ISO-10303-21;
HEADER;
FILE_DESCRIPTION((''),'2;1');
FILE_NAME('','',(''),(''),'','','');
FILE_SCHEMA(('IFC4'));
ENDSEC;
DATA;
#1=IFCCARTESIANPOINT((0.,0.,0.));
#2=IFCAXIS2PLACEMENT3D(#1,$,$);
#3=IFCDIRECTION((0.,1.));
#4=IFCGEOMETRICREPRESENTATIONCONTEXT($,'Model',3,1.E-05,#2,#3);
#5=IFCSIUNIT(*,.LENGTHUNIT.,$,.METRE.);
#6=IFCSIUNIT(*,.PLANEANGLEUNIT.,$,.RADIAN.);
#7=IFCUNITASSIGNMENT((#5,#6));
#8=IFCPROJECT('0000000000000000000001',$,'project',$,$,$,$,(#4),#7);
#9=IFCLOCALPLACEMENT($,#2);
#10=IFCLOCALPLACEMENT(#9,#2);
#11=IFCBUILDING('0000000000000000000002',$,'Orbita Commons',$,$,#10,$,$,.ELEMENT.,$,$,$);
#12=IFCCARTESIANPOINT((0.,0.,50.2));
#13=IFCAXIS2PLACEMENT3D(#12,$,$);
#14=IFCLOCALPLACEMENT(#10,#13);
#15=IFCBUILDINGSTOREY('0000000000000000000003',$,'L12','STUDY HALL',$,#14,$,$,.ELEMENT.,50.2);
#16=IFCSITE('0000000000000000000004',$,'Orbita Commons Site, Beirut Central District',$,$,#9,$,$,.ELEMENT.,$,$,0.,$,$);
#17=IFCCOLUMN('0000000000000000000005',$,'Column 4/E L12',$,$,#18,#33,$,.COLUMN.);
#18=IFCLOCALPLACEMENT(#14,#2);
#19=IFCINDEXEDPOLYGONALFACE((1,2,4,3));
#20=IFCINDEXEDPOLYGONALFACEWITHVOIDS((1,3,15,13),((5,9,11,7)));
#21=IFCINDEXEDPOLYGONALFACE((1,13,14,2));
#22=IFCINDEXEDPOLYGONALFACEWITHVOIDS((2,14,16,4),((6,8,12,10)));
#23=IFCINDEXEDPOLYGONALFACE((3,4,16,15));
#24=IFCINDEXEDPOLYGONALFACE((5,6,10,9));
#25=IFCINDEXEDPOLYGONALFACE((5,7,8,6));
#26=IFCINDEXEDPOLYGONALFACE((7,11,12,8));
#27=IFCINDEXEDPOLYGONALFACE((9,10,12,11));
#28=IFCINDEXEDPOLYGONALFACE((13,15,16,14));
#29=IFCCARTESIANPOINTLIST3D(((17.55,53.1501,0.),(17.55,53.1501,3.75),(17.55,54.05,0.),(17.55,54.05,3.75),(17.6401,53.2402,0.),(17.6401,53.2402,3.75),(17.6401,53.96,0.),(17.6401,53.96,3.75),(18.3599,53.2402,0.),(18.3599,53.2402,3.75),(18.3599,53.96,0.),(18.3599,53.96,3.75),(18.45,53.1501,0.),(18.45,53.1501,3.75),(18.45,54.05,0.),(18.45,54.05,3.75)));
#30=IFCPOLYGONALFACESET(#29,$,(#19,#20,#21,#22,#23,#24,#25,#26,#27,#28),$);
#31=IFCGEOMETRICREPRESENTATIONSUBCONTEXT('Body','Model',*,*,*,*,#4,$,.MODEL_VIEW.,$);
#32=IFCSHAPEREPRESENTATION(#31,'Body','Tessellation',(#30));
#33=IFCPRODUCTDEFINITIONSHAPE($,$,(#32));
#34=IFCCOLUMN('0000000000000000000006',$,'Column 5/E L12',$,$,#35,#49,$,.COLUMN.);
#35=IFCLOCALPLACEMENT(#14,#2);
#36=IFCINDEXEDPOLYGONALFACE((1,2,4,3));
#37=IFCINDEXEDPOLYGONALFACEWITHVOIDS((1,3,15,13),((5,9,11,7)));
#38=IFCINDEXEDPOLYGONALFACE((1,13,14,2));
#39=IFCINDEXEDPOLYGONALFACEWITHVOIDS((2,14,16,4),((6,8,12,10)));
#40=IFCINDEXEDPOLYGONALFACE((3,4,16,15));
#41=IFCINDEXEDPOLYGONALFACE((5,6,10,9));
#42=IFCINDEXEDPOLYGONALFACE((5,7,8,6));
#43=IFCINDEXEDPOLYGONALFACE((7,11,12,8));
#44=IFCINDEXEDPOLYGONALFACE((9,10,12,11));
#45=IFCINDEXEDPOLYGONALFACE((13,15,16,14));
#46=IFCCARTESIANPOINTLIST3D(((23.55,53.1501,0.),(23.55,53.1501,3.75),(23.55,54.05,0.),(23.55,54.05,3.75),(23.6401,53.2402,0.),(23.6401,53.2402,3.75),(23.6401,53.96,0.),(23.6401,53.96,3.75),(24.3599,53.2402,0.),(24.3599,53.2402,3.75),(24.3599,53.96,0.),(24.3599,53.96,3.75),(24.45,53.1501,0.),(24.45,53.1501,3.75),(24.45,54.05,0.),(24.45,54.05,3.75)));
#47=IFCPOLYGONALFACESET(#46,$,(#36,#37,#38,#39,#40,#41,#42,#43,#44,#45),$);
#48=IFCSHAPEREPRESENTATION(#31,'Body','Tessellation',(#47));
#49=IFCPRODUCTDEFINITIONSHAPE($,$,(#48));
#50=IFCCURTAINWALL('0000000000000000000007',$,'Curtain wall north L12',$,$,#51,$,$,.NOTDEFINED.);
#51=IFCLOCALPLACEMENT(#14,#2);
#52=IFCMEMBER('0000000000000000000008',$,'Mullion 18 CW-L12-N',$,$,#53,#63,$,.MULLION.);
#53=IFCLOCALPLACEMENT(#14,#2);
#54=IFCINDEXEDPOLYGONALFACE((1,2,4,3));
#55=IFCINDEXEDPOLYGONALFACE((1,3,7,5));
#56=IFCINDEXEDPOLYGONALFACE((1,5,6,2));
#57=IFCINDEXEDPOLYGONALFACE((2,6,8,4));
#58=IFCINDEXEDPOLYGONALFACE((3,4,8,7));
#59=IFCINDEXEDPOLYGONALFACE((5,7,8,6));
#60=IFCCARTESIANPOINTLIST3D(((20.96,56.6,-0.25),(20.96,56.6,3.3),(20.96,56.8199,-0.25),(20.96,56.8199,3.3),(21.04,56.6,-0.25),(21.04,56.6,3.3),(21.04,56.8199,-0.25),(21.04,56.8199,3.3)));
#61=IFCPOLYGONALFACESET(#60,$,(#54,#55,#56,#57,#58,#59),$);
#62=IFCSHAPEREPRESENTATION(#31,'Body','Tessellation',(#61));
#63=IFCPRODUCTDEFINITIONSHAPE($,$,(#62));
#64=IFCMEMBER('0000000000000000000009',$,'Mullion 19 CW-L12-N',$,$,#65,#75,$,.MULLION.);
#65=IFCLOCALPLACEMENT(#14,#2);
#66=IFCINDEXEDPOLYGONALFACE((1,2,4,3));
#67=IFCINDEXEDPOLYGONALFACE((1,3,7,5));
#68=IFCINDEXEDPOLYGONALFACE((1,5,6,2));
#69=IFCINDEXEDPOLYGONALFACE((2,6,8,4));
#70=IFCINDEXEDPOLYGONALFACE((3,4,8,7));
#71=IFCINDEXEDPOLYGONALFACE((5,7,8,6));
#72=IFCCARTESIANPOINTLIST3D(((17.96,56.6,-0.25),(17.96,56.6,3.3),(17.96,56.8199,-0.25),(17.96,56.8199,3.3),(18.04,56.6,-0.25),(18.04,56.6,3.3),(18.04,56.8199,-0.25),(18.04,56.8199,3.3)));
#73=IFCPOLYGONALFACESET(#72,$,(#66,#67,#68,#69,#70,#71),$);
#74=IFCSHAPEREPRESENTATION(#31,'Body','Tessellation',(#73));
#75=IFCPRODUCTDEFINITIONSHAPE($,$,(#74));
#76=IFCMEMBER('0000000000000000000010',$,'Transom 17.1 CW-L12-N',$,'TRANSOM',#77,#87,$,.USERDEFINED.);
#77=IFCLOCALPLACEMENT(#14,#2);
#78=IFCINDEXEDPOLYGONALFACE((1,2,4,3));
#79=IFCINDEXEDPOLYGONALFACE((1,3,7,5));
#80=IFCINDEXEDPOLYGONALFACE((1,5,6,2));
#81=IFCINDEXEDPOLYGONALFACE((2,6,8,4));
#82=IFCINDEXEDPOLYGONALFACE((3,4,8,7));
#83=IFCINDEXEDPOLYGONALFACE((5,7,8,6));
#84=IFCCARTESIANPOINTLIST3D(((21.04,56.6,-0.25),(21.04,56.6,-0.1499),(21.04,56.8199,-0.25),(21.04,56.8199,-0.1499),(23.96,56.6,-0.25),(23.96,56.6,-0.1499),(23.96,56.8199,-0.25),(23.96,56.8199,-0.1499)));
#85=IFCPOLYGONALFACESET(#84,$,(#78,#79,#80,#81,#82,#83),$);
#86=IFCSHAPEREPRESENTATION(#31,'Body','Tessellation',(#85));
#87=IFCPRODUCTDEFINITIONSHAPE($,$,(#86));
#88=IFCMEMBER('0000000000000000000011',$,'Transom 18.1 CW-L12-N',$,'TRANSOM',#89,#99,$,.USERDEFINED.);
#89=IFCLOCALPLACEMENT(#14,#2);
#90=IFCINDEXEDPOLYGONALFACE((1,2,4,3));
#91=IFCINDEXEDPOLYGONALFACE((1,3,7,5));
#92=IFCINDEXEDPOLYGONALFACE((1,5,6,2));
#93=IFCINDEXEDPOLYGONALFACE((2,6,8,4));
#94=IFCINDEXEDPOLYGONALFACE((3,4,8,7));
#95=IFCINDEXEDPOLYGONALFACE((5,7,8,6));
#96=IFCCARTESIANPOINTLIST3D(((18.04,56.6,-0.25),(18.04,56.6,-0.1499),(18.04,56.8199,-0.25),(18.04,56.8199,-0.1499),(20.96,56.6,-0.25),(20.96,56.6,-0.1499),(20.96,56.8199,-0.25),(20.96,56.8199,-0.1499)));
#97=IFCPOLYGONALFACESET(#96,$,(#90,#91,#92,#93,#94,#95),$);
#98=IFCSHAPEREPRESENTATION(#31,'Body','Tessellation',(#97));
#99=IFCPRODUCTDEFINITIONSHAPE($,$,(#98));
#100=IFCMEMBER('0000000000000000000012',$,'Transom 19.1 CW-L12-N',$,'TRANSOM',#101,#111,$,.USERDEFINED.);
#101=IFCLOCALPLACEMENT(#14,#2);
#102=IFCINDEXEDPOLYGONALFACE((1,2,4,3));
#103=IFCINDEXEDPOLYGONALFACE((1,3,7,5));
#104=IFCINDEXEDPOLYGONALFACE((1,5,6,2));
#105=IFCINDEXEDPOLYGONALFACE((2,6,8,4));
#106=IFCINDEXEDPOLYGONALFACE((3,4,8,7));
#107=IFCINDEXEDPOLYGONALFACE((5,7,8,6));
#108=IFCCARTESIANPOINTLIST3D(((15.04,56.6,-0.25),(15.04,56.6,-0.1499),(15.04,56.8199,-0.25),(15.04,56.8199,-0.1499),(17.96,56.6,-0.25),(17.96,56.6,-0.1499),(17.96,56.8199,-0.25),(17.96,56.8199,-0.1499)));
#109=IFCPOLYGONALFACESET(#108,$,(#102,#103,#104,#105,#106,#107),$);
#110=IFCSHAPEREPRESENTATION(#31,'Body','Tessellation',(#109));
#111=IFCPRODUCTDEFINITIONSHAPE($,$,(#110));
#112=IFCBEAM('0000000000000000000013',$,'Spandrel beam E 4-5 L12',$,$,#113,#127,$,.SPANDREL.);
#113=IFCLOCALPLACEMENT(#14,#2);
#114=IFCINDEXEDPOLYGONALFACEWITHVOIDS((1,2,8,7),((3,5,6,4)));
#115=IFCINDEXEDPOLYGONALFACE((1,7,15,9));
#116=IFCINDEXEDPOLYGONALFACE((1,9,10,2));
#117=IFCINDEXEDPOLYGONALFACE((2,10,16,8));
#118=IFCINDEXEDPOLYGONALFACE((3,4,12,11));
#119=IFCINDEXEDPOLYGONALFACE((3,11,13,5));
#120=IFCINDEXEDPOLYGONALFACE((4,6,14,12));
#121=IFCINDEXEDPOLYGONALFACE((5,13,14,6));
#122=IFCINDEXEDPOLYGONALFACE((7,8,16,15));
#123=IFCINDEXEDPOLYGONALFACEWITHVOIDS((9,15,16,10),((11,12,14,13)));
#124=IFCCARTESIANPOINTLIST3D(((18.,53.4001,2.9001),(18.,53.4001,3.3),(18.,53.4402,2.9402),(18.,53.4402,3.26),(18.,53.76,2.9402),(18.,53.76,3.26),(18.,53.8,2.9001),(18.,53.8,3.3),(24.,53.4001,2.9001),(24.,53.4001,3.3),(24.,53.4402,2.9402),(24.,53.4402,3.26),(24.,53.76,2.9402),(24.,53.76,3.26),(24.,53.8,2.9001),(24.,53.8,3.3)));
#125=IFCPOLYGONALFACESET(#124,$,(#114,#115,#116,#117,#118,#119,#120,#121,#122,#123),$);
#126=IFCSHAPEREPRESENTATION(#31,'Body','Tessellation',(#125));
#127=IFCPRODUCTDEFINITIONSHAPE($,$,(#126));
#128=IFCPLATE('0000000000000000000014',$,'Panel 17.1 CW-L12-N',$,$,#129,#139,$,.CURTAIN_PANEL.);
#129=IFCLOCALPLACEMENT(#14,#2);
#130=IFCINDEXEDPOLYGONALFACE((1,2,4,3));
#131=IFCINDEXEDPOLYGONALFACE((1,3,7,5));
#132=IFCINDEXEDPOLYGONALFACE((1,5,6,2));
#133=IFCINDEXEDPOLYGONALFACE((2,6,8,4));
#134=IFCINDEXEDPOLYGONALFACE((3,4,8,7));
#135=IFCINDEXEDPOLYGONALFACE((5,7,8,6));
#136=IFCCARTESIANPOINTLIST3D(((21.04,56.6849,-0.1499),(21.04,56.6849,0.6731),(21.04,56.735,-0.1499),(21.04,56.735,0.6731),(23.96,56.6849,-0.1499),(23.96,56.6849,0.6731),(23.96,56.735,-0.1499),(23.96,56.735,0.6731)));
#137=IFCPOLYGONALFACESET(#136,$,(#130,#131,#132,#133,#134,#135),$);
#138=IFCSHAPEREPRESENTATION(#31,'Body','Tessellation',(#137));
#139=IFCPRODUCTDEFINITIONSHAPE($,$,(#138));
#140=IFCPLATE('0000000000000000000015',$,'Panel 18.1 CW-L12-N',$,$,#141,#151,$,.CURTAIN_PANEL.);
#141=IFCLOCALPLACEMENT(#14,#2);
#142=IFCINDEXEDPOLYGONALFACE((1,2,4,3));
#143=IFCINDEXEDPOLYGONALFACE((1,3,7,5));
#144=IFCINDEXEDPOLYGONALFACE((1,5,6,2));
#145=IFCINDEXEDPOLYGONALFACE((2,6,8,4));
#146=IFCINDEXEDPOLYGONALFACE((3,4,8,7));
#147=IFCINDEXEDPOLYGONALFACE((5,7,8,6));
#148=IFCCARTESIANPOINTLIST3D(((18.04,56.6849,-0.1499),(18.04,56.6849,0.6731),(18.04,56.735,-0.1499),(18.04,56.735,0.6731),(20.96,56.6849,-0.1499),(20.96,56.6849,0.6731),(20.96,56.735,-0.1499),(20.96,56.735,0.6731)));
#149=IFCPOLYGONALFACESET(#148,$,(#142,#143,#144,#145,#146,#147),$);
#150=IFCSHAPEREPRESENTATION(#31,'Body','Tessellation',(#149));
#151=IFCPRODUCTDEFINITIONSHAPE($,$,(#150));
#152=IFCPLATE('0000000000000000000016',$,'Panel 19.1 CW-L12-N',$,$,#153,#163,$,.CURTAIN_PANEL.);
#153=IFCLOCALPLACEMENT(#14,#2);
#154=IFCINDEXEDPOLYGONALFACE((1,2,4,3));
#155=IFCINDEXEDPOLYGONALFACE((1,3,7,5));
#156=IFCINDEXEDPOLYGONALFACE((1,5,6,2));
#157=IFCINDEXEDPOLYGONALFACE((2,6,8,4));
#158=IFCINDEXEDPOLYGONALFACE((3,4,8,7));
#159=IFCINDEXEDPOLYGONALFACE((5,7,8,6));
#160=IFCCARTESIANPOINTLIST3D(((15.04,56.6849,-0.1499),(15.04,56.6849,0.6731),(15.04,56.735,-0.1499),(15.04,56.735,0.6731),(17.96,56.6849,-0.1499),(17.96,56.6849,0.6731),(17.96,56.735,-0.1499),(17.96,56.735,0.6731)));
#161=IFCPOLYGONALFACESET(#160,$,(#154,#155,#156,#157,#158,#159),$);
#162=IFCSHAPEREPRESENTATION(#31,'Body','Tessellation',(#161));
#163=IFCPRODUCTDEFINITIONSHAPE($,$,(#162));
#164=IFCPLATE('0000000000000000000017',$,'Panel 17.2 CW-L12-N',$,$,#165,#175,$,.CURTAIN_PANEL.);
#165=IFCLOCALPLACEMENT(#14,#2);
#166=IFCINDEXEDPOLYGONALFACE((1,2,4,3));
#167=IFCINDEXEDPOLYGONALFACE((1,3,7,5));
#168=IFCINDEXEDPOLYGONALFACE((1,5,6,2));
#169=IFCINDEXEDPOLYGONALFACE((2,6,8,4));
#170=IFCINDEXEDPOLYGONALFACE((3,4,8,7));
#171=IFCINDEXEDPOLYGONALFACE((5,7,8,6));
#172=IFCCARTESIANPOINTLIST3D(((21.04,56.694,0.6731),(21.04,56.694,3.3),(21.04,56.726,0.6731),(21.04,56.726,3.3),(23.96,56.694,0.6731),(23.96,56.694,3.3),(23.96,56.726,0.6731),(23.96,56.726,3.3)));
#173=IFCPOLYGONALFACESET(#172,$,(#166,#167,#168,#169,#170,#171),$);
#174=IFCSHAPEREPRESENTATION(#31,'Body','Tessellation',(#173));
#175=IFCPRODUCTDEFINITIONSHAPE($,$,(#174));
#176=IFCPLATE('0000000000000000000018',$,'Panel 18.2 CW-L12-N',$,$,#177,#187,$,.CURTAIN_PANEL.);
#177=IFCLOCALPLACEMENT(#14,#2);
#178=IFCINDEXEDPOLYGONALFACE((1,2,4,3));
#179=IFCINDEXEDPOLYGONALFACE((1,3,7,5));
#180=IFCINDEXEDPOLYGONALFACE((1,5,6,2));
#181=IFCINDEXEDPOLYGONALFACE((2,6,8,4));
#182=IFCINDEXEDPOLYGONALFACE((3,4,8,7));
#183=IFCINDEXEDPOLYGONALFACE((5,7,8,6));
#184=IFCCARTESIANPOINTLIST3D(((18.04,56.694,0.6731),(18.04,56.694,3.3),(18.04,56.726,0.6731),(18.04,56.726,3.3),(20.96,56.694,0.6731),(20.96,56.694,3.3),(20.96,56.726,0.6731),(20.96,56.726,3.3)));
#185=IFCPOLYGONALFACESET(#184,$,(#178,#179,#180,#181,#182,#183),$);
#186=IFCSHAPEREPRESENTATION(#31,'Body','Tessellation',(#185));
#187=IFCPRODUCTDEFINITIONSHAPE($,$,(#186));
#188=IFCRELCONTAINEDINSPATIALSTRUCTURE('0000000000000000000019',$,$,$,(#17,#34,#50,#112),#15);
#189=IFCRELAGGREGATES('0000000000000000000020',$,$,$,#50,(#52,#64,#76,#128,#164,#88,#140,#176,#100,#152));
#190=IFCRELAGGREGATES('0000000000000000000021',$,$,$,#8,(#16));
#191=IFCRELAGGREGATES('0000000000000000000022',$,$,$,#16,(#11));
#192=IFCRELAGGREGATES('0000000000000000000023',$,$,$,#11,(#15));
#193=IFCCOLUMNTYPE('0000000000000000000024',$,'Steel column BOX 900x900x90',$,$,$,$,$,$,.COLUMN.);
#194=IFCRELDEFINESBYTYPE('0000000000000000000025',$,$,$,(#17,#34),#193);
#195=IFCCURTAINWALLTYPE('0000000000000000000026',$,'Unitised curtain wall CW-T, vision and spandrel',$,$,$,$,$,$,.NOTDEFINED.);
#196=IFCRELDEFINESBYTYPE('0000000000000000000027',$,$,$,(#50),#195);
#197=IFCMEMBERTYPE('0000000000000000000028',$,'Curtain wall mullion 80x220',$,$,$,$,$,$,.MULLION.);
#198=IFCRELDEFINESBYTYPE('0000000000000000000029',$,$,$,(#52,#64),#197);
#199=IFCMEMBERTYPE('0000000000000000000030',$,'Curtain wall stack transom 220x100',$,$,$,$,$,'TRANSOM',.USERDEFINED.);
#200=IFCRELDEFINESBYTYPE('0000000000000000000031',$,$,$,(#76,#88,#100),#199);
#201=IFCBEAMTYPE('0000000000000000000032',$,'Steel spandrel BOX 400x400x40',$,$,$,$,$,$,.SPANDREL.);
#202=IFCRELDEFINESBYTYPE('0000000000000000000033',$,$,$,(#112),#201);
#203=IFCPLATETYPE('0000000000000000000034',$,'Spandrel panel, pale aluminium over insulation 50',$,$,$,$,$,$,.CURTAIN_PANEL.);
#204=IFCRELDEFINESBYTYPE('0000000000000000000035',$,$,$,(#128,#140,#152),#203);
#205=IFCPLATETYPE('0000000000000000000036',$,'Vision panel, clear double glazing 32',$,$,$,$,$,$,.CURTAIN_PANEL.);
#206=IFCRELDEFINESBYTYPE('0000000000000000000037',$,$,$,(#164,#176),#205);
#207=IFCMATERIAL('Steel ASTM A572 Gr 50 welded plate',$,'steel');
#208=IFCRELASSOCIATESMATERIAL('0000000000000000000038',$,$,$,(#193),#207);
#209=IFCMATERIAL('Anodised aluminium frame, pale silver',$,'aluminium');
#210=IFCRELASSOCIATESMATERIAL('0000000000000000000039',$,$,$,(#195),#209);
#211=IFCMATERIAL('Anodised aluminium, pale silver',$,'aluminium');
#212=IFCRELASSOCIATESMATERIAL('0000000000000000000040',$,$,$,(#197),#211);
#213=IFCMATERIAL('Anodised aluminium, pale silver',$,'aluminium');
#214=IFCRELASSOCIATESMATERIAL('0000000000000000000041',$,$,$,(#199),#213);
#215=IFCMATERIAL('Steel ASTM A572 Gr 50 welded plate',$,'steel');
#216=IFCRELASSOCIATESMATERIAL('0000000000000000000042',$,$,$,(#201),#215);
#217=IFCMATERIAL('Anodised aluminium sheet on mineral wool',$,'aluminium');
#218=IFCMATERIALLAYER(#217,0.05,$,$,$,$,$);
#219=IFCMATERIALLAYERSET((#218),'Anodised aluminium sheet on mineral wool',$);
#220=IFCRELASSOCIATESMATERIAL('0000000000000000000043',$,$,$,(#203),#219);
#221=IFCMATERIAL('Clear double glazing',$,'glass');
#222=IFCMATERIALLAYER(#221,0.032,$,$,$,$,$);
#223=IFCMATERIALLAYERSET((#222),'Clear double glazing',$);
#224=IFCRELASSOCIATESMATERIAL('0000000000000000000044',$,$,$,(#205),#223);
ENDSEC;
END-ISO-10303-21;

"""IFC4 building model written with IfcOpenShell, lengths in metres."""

from ifc_helpers import new_model, si_unit, direction, frame, origin, origin_2d, place, context, subcontext, project, spatial, rectangle, hollow_rectangle, extrude, material, layer, layer_set, material_profile, profile_set, type_object, element, aggregate, save


model = new_model("IFC4")

# Units and contexts
model_context = context("Model", 3, precision=1e-05, world=origin(), true_north=direction((0.0, 1.0)))
body_context = subcontext(model_context, "Body", "Model", "MODEL_VIEW")
ifc_project = project(units=[si_unit("LENGTHUNIT", "METRE"), si_unit("PLANEANGLEUNIT", "RADIAN")], contexts=[model_context])

# Site, building, storey
site_placement = place(None, origin())
site = spatial("IfcSite", under=ifc_project, at=site_placement, Name="Orbita Commons Site, Beirut Central District", CompositionType="ELEMENT", RefElevation=0.0)
building_placement = place(site_placement, origin())
building = spatial("IfcBuilding", under=site, at=building_placement, Name="Orbita Commons", CompositionType="ELEMENT")
storey_placement = place(building_placement, frame((0.0, 0.0, 50.2)))
storey = spatial("IfcBuildingStorey", under=building, at=storey_placement, Name="L12", Description="STUDY HALL", CompositionType="ELEMENT", Elevation=50.2)

# Columns
ifc_material_1 = material(Name="Steel ASTM A572 Gr 50 welded plate", Category="steel")
ifc_material_profile_1 = material_profile(ifc_material_1, hollow_rectangle(XDim=0.8999, YDim=0.8999, WallThickness=0.0901, at=origin_2d()), Name="BOX 900x900x90")
ifc_profile_set_1 = profile_set([ifc_material_profile_1], Name="Steel ASTM A572 Gr 50 welded plate")
column_type = type_object("IfcColumnType", Name="Steel column BOX 900x900x90", PredefinedType="COLUMN", material=ifc_profile_set_1)
for number, where, z_axis, x_axis, name in (
    (1, (18.0, 53.6001, 0.0), (0.0, 0.0, 1.0), (1.0, 0.0, 0.0), "Column 4/E L12"),
    (2, (24.0, 53.6001, 0.0), (0.0, 0.0, 1.0), (1.0, 0.0, 0.0), "Column 5/E L12"),
):
    element("IfcColumn", number, at=place(storey_placement, frame(where, z_axis=z_axis, x_axis=x_axis)), inside=storey, type_object=column_type, Name=name, PredefinedType="COLUMN", context=body_context, shape_type="SweptSolid", body=[
        extrude(hollow_rectangle(XDim=0.8999, YDim=0.8999, WallThickness=0.0901, at=origin_2d()), origin(), (0.0, 0.0, 1.0), 3.75),
    ])

# Curtain wall, members
ifc_material_2 = material(Name="Anodised aluminium frame, pale silver", Category="aluminium")
curtain_wall_type = type_object("IfcCurtainWallType", Name="Unitised curtain wall CW-T, vision and spandrel", PredefinedType="NOTDEFINED", material=ifc_material_2)
curtain_wall_placement = place(storey_placement, origin())
curtain_wall = element("IfcCurtainWall", 3, at=curtain_wall_placement, inside=storey, type_object=curtain_wall_type, Name="Curtain wall north L12", PredefinedType="NOTDEFINED")
ifc_material_3 = material(Name="Anodised aluminium, pale silver", Category="aluminium")
ifc_material_profile_2 = material_profile(ifc_material_3, rectangle(XDim=0.0801, YDim=0.22, at=origin_2d()), Name="AL 80x220")
ifc_profile_set_2 = profile_set([ifc_material_profile_2], Name="Anodised aluminium, pale silver")
member_type_1 = type_object("IfcMemberType", Name="Curtain wall mullion 80x220", PredefinedType="MULLION", material=ifc_profile_set_2)
member_1_placement = place(storey_placement, frame((21.0, 56.71, -0.25), z_axis=(0.0, 0.0, 1.0), x_axis=(-1.0, 0.0, 0.0)))
member_1 = element("IfcMember", 4, at=member_1_placement, type_object=member_type_1, Name="Mullion 18 CW-L12-N", PredefinedType="MULLION", context=body_context, shape_type="SweptSolid", body=[
    extrude(rectangle(XDim=0.0801, YDim=0.22, at=origin_2d()), origin(), (0.0, 0.0, 1.0), 3.55),
])
member_2_placement = place(storey_placement, frame((18.0, 56.71, -0.25), z_axis=(0.0, 0.0, 1.0), x_axis=(-1.0, 0.0, 0.0)))
member_2 = element("IfcMember", 5, at=member_2_placement, type_object=member_type_1, Name="Mullion 19 CW-L12-N", PredefinedType="MULLION", context=body_context, shape_type="SweptSolid", body=[
    extrude(rectangle(XDim=0.0801, YDim=0.22, at=origin_2d()), origin(), (0.0, 0.0, 1.0), 3.55),
])
ifc_material_4 = material(Name="Anodised aluminium, pale silver", Category="aluminium")
ifc_material_profile_3 = material_profile(ifc_material_4, rectangle(XDim=0.22, YDim=0.1001, at=origin_2d()), Name="AL 220x100")
ifc_profile_set_3 = profile_set([ifc_material_profile_3], Name="Anodised aluminium, pale silver")
member_type_2 = type_object("IfcMemberType", Name="Curtain wall stack transom 220x100", ElementType="TRANSOM", PredefinedType="USERDEFINED", material=ifc_profile_set_3)
member_3_placement = place(storey_placement, frame((23.96, 56.71, -0.2), z_axis=(-1.0, 0.0, 0.0), x_axis=(0.0, -1.0, 0.0)))
member_3 = element("IfcMember", 6, at=member_3_placement, type_object=member_type_2, Name="Transom 17.1 CW-L12-N", ObjectType="TRANSOM", PredefinedType="USERDEFINED", context=body_context, shape_type="SweptSolid", body=[
    extrude(rectangle(XDim=0.22, YDim=0.1001, at=origin_2d()), origin(), (0.0, 0.0, 1.0), 2.9199),
])
member_4_placement = place(storey_placement, frame((20.96, 56.71, -0.2), z_axis=(-1.0, 0.0, 0.0), x_axis=(0.0, -1.0, 0.0)))
member_4 = element("IfcMember", 7, at=member_4_placement, type_object=member_type_2, Name="Transom 18.1 CW-L12-N", ObjectType="TRANSOM", PredefinedType="USERDEFINED", context=body_context, shape_type="SweptSolid", body=[
    extrude(rectangle(XDim=0.22, YDim=0.1001, at=origin_2d()), origin(), (0.0, 0.0, 1.0), 2.9199),
])
member_5_placement = place(storey_placement, frame((17.96, 56.71, -0.2), z_axis=(-1.0, 0.0, 0.0), x_axis=(0.0, -1.0, 0.0)))
member_5 = element("IfcMember", 8, at=member_5_placement, type_object=member_type_2, Name="Transom 19.1 CW-L12-N", ObjectType="TRANSOM", PredefinedType="USERDEFINED", context=body_context, shape_type="SweptSolid", body=[
    extrude(rectangle(XDim=0.22, YDim=0.1001, at=origin_2d()), origin(), (0.0, 0.0, 1.0), 2.9199),
])

# Beam
ifc_material_5 = material(Name="Steel ASTM A572 Gr 50 welded plate", Category="steel")
ifc_material_profile_4 = material_profile(ifc_material_5, hollow_rectangle(XDim=0.3999, YDim=0.3999, WallThickness=0.04, at=origin_2d()), Name="BOX 400x400x40")
ifc_profile_set_4 = profile_set([ifc_material_profile_4], Name="Steel ASTM A572 Gr 50 welded plate")
beam_type = type_object("IfcBeamType", Name="Steel spandrel BOX 400x400x40", PredefinedType="SPANDREL", material=ifc_profile_set_4)
beam_placement = place(storey_placement, frame((18.0, 53.6001, 3.1001), z_axis=(1.0, 0.0, 0.0), x_axis=(0.0, 1.0, 0.0)))
element("IfcBeam", 9, at=beam_placement, inside=storey, type_object=beam_type, Name="Spandrel beam E 4-5 L12", PredefinedType="SPANDREL", context=body_context, shape_type="SweptSolid", body=[
    extrude(hollow_rectangle(XDim=0.3999, YDim=0.3999, WallThickness=0.04, at=origin_2d()), origin(), (0.0, 0.0, 1.0), 6.0),
])

# Plates
ifc_material_6 = material(Name="Anodised aluminium sheet on mineral wool", Category="aluminium")
ifc_layer_1 = layer(ifc_material_6, 0.05)
ifc_layer_set_1 = layer_set([ifc_layer_1], Name="Anodised aluminium sheet on mineral wool")
plate_type_1 = type_object("IfcPlateType", Name="Spandrel panel, pale aluminium over insulation 50", PredefinedType="CURTAIN_PANEL", material=ifc_layer_set_1)
plate_1_placement = place(storey_placement, frame((22.5, 56.71, -0.1499), z_axis=(0.0, 0.0, 1.0), x_axis=(-1.0, 0.0, 0.0)))
plate_1 = element("IfcPlate", 10, at=plate_1_placement, type_object=plate_type_1, Name="Panel 17.1 CW-L12-N", PredefinedType="CURTAIN_PANEL", context=body_context, shape_type="SweptSolid", body=[
    extrude(rectangle(XDim=2.9199, YDim=0.05, at=origin_2d()), origin(), (0.0, 0.0, 1.0), 0.823),
])
plate_2_placement = place(storey_placement, frame((19.5, 56.71, -0.1499), z_axis=(0.0, 0.0, 1.0), x_axis=(-1.0, 0.0, 0.0)))
plate_2 = element("IfcPlate", 11, at=plate_2_placement, type_object=plate_type_1, Name="Panel 18.1 CW-L12-N", PredefinedType="CURTAIN_PANEL", context=body_context, shape_type="SweptSolid", body=[
    extrude(rectangle(XDim=2.9199, YDim=0.05, at=origin_2d()), origin(), (0.0, 0.0, 1.0), 0.823),
])
plate_3_placement = place(storey_placement, frame((16.5, 56.71, -0.1499), z_axis=(0.0, 0.0, 1.0), x_axis=(-1.0, 0.0, 0.0)))
plate_3 = element("IfcPlate", 12, at=plate_3_placement, type_object=plate_type_1, Name="Panel 19.1 CW-L12-N", PredefinedType="CURTAIN_PANEL", context=body_context, shape_type="SweptSolid", body=[
    extrude(rectangle(XDim=2.9199, YDim=0.05, at=origin_2d()), origin(), (0.0, 0.0, 1.0), 0.823),
])
ifc_material_7 = material(Name="Clear double glazing", Category="glass")
ifc_layer_2 = layer(ifc_material_7, 0.032)
ifc_layer_set_2 = layer_set([ifc_layer_2], Name="Clear double glazing")
plate_type_2 = type_object("IfcPlateType", Name="Vision panel, clear double glazing 32", PredefinedType="CURTAIN_PANEL", material=ifc_layer_set_2)
plate_4_placement = place(storey_placement, frame((22.5, 56.71, 0.6731), z_axis=(0.0, 0.0, 1.0), x_axis=(-1.0, 0.0, 0.0)))
plate_4 = element("IfcPlate", 13, at=plate_4_placement, type_object=plate_type_2, Name="Panel 17.2 CW-L12-N", PredefinedType="CURTAIN_PANEL", context=body_context, shape_type="SweptSolid", body=[
    extrude(rectangle(XDim=2.9199, YDim=0.032, at=origin_2d()), origin(), (0.0, 0.0, 1.0), 2.627),
])
plate_5_placement = place(storey_placement, frame((19.5, 56.71, 0.6731), z_axis=(0.0, 0.0, 1.0), x_axis=(-1.0, 0.0, 0.0)))
plate_5 = element("IfcPlate", 14, at=plate_5_placement, type_object=plate_type_2, Name="Panel 18.2 CW-L12-N", PredefinedType="CURTAIN_PANEL", context=body_context, shape_type="SweptSolid", body=[
    extrude(rectangle(XDim=2.9199, YDim=0.032, at=origin_2d()), origin(), (0.0, 0.0, 1.0), 2.627),
])
aggregate(curtain_wall, [member_1, member_2, member_3, plate_1, plate_4, member_4, plate_2, plate_5, member_5, plate_3])

save(model, "model.ifc")
